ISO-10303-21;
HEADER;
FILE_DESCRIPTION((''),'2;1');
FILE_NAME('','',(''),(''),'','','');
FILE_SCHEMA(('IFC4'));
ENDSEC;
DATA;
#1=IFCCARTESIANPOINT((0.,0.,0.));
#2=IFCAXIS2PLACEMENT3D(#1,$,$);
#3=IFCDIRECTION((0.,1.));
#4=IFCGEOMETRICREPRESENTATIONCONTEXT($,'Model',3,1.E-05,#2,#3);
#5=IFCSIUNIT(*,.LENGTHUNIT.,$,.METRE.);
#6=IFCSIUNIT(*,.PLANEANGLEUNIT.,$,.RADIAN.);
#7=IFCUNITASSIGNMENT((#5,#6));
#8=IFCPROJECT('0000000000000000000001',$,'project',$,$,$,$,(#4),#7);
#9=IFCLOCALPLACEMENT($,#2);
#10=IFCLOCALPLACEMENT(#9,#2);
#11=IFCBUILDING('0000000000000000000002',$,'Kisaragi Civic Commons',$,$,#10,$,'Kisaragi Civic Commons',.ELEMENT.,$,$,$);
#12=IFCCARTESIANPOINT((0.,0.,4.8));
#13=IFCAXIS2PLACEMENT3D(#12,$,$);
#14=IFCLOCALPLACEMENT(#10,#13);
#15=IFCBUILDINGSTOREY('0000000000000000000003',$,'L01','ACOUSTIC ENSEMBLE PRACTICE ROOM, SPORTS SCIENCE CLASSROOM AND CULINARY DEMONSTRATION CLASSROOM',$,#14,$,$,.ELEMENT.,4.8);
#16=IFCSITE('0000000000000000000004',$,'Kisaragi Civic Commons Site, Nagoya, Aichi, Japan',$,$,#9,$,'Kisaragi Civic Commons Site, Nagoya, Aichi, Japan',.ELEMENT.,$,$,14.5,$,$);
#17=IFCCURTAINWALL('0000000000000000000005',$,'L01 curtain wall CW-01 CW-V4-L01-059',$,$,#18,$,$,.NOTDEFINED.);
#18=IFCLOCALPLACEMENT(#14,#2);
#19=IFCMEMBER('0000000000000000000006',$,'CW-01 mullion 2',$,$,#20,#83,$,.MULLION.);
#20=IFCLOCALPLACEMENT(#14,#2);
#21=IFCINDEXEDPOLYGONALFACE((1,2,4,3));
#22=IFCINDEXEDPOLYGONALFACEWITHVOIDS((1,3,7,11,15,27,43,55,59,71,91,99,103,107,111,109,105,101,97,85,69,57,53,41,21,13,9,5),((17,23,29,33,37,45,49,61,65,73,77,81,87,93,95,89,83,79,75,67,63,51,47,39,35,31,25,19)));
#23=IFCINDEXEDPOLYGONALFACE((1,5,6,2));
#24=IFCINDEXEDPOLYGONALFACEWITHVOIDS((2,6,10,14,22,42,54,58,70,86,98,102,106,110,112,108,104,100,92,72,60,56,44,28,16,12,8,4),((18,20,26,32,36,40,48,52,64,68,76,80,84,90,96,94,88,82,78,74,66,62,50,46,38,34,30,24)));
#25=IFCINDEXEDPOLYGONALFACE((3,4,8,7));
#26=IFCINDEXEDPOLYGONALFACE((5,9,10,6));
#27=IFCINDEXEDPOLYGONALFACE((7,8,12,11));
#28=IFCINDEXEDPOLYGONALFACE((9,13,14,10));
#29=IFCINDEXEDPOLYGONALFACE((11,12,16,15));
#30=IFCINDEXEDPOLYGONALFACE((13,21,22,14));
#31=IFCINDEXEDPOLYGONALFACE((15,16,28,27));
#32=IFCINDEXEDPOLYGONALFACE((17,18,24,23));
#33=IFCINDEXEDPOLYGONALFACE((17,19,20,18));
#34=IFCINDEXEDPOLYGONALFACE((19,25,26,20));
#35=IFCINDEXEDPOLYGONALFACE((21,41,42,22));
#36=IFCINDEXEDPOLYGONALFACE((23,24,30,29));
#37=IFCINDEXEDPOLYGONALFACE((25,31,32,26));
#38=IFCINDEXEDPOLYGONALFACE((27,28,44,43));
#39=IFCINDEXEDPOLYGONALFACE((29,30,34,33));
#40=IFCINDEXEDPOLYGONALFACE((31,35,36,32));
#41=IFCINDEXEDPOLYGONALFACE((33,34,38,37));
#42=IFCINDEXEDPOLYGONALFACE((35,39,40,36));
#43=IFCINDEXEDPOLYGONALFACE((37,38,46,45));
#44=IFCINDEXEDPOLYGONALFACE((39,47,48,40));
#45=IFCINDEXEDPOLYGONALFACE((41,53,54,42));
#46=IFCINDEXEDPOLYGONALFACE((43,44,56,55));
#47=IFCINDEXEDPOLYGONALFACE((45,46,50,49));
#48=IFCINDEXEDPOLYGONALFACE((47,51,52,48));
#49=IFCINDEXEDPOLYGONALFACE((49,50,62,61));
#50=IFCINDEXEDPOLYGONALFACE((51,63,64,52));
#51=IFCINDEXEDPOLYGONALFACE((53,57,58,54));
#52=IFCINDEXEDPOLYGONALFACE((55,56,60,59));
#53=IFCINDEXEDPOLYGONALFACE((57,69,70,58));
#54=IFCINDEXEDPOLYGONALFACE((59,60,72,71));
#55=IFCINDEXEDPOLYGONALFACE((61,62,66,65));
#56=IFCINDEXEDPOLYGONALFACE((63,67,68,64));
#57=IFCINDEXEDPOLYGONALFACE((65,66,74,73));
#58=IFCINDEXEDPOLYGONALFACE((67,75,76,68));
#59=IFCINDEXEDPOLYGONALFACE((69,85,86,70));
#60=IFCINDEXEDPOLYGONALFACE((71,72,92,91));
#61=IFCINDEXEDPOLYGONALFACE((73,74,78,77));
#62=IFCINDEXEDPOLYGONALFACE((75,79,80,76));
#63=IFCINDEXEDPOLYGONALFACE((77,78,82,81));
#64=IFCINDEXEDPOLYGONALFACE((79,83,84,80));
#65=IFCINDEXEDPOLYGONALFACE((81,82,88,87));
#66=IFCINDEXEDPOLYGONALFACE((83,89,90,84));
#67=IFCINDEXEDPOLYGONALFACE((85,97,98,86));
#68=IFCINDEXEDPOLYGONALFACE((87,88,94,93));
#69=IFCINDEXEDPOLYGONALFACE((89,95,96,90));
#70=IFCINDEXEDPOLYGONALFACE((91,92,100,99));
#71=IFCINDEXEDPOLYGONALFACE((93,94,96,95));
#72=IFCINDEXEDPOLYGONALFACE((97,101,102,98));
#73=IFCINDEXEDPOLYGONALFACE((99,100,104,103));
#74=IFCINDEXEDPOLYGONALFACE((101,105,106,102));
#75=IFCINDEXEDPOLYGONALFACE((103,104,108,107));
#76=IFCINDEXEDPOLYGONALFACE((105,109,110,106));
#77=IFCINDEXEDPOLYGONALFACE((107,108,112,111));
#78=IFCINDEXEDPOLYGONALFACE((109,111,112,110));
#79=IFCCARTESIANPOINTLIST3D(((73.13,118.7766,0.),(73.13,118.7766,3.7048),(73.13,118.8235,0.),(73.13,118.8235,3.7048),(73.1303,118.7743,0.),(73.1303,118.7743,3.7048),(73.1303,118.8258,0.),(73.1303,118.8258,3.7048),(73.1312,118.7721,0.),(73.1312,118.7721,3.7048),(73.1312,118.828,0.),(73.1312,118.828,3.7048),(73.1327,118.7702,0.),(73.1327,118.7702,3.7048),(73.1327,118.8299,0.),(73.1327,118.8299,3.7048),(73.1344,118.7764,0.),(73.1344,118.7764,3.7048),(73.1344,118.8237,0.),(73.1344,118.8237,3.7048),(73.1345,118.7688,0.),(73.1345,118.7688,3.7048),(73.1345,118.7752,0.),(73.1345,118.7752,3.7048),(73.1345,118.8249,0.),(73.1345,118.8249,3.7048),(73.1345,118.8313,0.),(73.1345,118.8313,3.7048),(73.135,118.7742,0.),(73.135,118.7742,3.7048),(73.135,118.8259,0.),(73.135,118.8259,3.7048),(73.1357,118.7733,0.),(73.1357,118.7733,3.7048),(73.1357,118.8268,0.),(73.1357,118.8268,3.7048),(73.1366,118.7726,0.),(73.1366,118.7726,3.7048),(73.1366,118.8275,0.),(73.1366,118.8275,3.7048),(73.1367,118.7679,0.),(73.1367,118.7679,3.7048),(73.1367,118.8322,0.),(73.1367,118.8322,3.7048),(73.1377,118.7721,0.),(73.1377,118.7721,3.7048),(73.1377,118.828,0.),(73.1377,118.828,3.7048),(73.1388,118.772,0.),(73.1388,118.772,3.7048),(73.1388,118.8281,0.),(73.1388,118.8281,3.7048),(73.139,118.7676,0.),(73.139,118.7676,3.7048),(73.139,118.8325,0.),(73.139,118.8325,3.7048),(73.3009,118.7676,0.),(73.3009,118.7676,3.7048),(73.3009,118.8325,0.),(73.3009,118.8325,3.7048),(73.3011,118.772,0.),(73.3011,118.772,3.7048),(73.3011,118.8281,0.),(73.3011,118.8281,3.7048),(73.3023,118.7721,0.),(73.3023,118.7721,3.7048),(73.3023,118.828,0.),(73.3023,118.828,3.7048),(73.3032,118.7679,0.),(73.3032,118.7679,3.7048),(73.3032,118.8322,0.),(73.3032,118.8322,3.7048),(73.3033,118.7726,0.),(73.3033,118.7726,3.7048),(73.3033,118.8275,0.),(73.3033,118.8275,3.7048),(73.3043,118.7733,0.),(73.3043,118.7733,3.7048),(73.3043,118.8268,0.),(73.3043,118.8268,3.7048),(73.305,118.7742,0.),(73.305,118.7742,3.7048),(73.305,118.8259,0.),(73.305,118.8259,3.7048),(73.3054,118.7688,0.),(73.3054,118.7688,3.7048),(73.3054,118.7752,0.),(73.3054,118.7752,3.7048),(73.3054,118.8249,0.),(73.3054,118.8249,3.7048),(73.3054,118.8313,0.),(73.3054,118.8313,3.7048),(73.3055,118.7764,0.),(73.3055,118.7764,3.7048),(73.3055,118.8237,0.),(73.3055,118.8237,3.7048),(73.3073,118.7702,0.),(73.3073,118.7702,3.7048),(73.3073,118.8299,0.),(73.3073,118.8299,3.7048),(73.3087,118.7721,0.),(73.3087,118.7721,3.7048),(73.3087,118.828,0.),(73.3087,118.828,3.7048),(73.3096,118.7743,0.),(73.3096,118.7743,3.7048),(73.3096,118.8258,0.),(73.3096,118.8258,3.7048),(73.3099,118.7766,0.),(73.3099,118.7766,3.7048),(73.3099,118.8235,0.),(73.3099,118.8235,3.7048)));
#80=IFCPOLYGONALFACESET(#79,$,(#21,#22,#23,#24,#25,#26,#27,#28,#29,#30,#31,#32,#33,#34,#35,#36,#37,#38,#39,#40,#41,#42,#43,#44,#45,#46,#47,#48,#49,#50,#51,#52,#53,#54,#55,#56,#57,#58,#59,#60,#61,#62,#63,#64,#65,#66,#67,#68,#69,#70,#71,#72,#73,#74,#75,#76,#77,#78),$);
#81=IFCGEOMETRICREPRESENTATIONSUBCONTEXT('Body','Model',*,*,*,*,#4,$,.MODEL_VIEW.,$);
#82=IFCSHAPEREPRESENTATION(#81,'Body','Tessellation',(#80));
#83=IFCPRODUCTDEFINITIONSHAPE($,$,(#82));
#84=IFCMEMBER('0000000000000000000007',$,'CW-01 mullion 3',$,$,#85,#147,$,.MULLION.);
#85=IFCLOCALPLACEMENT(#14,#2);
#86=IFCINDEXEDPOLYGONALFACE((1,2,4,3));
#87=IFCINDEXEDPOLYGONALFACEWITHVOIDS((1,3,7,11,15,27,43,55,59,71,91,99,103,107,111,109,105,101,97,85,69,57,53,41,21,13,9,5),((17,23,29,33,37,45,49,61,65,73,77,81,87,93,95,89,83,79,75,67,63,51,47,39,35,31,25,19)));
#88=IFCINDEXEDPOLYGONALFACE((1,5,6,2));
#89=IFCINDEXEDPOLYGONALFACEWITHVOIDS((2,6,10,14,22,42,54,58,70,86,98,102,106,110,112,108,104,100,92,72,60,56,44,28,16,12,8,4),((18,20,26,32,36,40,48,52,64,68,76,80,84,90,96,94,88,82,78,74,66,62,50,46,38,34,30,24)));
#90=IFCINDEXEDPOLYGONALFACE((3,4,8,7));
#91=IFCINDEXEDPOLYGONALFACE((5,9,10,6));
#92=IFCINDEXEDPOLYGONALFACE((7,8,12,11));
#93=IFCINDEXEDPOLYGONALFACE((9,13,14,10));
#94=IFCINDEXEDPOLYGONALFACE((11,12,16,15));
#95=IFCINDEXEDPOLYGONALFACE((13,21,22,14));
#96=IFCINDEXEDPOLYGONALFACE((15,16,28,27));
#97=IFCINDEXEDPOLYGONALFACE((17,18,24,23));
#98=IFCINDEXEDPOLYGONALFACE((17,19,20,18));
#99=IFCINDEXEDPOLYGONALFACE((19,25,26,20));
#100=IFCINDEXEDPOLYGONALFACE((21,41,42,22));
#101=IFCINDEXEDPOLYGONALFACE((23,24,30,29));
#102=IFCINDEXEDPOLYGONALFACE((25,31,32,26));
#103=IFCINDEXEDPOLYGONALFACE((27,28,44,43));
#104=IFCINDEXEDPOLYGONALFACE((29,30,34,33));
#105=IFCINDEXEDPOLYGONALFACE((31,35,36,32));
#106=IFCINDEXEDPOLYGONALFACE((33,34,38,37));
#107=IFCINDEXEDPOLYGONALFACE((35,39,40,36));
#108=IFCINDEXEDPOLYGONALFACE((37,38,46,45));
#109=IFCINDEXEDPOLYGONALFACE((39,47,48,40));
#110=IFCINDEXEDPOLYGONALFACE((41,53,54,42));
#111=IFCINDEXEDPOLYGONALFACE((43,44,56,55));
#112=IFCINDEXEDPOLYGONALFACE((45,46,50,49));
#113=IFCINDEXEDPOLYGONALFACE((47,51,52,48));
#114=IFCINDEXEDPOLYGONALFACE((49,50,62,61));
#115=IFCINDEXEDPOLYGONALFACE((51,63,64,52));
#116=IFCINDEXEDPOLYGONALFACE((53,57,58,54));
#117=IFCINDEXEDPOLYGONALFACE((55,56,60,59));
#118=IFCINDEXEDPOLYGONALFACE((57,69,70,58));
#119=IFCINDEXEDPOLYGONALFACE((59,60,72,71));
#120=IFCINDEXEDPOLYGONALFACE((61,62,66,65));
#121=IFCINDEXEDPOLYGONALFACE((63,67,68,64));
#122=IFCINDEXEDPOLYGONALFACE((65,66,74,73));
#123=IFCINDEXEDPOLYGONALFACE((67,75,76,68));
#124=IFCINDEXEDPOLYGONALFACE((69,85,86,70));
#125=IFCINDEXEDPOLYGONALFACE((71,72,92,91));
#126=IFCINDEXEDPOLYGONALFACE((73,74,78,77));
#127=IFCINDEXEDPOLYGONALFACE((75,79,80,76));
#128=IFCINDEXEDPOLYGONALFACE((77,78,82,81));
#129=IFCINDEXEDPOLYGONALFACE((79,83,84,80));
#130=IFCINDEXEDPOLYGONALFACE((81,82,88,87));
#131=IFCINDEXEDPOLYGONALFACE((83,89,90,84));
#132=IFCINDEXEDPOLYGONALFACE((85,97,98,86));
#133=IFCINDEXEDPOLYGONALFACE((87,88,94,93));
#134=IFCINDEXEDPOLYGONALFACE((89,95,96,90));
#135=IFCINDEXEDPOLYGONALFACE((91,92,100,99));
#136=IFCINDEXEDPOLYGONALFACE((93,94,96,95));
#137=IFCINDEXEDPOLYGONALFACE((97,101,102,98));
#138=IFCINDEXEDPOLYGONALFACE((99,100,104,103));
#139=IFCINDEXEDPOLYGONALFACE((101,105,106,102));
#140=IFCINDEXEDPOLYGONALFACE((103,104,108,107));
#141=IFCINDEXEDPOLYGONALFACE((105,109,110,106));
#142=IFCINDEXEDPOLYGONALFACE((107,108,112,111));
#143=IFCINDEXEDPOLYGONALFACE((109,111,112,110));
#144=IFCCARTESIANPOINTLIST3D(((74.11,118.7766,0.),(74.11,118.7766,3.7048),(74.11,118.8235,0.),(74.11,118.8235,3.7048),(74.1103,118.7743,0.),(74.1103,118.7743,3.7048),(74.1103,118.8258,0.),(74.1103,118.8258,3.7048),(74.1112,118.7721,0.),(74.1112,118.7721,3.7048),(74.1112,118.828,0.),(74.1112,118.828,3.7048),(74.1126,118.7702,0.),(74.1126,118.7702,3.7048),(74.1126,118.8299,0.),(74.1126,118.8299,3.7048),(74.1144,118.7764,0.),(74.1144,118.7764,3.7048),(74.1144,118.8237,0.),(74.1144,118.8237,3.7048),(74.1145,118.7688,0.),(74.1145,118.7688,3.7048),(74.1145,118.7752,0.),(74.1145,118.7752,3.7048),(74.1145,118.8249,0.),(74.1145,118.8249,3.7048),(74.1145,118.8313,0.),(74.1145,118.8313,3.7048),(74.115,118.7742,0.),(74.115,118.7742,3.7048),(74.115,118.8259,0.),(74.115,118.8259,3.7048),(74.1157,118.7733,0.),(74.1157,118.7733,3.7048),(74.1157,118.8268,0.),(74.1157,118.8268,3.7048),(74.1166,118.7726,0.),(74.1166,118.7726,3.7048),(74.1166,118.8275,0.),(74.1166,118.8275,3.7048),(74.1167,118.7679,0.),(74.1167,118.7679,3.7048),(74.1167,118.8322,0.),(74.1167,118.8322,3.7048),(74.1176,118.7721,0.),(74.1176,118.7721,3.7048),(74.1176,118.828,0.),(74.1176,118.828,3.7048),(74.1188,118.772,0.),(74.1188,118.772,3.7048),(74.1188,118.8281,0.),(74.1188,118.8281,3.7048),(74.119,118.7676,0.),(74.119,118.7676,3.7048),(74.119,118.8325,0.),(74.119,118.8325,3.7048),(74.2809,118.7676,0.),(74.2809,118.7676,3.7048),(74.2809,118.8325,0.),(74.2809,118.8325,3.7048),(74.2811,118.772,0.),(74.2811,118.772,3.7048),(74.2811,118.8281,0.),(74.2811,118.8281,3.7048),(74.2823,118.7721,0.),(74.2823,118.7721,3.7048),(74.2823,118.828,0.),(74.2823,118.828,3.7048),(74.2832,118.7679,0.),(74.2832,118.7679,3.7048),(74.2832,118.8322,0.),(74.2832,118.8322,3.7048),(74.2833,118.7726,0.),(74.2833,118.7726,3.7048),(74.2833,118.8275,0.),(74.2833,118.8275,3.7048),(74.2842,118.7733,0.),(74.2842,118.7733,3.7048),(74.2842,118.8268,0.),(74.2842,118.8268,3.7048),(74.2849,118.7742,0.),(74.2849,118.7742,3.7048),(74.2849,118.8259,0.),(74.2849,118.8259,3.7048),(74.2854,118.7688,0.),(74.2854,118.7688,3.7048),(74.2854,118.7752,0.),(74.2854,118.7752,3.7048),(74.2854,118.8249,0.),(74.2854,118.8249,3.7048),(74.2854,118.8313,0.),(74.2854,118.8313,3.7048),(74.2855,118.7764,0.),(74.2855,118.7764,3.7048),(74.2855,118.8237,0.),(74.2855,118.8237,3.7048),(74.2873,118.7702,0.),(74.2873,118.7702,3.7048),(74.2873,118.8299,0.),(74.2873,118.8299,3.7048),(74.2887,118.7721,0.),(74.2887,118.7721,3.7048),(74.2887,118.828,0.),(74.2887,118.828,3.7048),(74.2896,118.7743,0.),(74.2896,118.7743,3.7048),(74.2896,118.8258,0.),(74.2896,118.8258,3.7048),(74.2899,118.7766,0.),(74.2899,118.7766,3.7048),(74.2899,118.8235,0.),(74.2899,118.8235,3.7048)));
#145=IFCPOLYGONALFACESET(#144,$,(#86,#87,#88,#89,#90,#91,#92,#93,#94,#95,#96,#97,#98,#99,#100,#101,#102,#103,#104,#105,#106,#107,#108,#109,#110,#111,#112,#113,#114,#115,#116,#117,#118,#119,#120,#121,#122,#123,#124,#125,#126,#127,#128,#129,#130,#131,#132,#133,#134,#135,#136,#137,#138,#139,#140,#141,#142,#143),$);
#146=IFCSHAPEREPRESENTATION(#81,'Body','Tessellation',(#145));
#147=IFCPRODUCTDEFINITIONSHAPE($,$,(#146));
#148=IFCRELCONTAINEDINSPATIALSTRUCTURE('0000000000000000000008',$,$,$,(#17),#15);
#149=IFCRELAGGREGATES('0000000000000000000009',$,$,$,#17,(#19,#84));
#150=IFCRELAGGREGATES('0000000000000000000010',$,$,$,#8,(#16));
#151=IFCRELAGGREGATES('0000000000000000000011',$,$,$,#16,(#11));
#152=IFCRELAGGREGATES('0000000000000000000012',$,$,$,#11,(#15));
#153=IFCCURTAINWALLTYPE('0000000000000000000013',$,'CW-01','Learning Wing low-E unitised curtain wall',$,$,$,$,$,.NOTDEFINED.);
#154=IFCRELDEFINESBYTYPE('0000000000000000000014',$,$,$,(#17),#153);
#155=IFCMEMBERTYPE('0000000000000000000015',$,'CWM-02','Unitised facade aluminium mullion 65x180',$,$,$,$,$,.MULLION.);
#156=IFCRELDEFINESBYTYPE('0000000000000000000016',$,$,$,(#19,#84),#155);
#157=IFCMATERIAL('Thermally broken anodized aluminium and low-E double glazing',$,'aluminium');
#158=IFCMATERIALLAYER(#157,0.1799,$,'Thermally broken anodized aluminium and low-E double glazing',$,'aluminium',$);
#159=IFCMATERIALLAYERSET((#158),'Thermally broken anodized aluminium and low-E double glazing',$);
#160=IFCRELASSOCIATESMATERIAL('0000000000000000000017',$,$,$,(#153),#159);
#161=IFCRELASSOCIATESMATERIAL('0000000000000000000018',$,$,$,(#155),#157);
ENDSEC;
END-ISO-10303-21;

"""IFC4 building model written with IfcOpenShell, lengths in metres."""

from ifc_helpers import new_model, si_unit, direction, frame, origin, origin_2d, place, context, subcontext, project, spatial, hollow_rectangle, extrude, material, layer, layer_set, material_profile, profile_set, type_object, element, aggregate, save


model = new_model("IFC4")

# Units and contexts
model_context = context("Model", 3, precision=1e-05, world=origin(), true_north=direction((0.0, 1.0)))
body_context = subcontext(model_context, "Body", "Model", "MODEL_VIEW")
ifc_project = project(units=[si_unit("LENGTHUNIT", "METRE"), si_unit("PLANEANGLEUNIT", "RADIAN")], contexts=[model_context])

# Site, building, storey
site_placement = place(None, origin())
site = spatial("IfcSite", under=ifc_project, at=site_placement, Name="Kisaragi Civic Commons Site, Nagoya, Aichi, Japan", LongName="Kisaragi Civic Commons Site, Nagoya, Aichi, Japan", CompositionType="ELEMENT", RefElevation=14.5)
building_placement = place(site_placement, origin())
building = spatial("IfcBuilding", under=site, at=building_placement, Name="Kisaragi Civic Commons", LongName="Kisaragi Civic Commons", CompositionType="ELEMENT")
storey_placement = place(building_placement, frame((0.0, 0.0, 4.8)))
storey = spatial("IfcBuildingStorey", under=building, at=storey_placement, Name="L01", Description="ACOUSTIC ENSEMBLE PRACTICE ROOM, SPORTS SCIENCE CLASSROOM AND CULINARY DEMONSTRATION CLASSROOM", CompositionType="ELEMENT", Elevation=4.8)

# Curtain wall, members
ifc_material = material(Name="Thermally broken anodized aluminium and low-E double glazing", Category="aluminium")
ifc_layer_1 = layer(ifc_material, 0.1799, Name="Thermally broken anodized aluminium and low-E double glazing", Category="aluminium")
ifc_layer_set_1 = layer_set([ifc_layer_1], Name="Thermally broken anodized aluminium and low-E double glazing")
curtain_wall_type = type_object("IfcCurtainWallType", Name="CW-01", Description="Learning Wing low-E unitised curtain wall", PredefinedType="NOTDEFINED", material=ifc_layer_set_1)
curtain_wall_placement = place(storey_placement, origin())
curtain_wall = element("IfcCurtainWall", 1, at=curtain_wall_placement, inside=storey, type_object=curtain_wall_type, Name="L01 curtain wall CW-01 CW-V4-L01-059", PredefinedType="NOTDEFINED")
ifc_material_profile_1 = material_profile(ifc_material, hollow_rectangle(XDim=0.0649, YDim=0.1799, WallThickness=0.0044, InnerFilletRadius=0.0044, OuterFilletRadius=0.009, at=origin_2d()), Name="CWM-65x180x4.5", Category="aluminium")
ifc_profile_set_1 = profile_set([ifc_material_profile_1], Name="Thermally broken anodized aluminium and low-E double glazing")
member_type_1 = type_object("IfcMemberType", Name="CWM-02", Description="Unitised facade aluminium mullion 65x180", PredefinedType="MULLION", material=ifc_profile_set_1)
member_1_placement = place(storey_placement, frame((73.22, 118.8, 0.0), z_axis=(0.0, 0.0, 1.0), x_axis=(0.0, 1.0, 0.0)))
member_1 = element("IfcMember", 2, at=member_1_placement, type_object=member_type_1, Name="CW-01 mullion 2", PredefinedType="MULLION", context=body_context, shape_type="SweptSolid", body=[
    extrude(hollow_rectangle(XDim=0.0649, YDim=0.1799, WallThickness=0.0044, InnerFilletRadius=0.0044, OuterFilletRadius=0.009, at=origin_2d()), origin(), (0.0, 0.0, 1.0), 3.7048),
])
member_2_placement = place(storey_placement, frame((74.2, 118.8, 0.0), z_axis=(0.0, 0.0, 1.0), x_axis=(0.0, 1.0, 0.0)))
member_2 = element("IfcMember", 3, at=member_2_placement, type_object=member_type_1, Name="CW-01 mullion 3", PredefinedType="MULLION", context=body_context, shape_type="SweptSolid", body=[
    extrude(hollow_rectangle(XDim=0.0649, YDim=0.1799, WallThickness=0.0044, InnerFilletRadius=0.0044, OuterFilletRadius=0.009, at=origin_2d()), origin(), (0.0, 0.0, 1.0), 3.7048),
])
aggregate(curtain_wall, [member_1, member_2])

save(model, "model.ifc")
